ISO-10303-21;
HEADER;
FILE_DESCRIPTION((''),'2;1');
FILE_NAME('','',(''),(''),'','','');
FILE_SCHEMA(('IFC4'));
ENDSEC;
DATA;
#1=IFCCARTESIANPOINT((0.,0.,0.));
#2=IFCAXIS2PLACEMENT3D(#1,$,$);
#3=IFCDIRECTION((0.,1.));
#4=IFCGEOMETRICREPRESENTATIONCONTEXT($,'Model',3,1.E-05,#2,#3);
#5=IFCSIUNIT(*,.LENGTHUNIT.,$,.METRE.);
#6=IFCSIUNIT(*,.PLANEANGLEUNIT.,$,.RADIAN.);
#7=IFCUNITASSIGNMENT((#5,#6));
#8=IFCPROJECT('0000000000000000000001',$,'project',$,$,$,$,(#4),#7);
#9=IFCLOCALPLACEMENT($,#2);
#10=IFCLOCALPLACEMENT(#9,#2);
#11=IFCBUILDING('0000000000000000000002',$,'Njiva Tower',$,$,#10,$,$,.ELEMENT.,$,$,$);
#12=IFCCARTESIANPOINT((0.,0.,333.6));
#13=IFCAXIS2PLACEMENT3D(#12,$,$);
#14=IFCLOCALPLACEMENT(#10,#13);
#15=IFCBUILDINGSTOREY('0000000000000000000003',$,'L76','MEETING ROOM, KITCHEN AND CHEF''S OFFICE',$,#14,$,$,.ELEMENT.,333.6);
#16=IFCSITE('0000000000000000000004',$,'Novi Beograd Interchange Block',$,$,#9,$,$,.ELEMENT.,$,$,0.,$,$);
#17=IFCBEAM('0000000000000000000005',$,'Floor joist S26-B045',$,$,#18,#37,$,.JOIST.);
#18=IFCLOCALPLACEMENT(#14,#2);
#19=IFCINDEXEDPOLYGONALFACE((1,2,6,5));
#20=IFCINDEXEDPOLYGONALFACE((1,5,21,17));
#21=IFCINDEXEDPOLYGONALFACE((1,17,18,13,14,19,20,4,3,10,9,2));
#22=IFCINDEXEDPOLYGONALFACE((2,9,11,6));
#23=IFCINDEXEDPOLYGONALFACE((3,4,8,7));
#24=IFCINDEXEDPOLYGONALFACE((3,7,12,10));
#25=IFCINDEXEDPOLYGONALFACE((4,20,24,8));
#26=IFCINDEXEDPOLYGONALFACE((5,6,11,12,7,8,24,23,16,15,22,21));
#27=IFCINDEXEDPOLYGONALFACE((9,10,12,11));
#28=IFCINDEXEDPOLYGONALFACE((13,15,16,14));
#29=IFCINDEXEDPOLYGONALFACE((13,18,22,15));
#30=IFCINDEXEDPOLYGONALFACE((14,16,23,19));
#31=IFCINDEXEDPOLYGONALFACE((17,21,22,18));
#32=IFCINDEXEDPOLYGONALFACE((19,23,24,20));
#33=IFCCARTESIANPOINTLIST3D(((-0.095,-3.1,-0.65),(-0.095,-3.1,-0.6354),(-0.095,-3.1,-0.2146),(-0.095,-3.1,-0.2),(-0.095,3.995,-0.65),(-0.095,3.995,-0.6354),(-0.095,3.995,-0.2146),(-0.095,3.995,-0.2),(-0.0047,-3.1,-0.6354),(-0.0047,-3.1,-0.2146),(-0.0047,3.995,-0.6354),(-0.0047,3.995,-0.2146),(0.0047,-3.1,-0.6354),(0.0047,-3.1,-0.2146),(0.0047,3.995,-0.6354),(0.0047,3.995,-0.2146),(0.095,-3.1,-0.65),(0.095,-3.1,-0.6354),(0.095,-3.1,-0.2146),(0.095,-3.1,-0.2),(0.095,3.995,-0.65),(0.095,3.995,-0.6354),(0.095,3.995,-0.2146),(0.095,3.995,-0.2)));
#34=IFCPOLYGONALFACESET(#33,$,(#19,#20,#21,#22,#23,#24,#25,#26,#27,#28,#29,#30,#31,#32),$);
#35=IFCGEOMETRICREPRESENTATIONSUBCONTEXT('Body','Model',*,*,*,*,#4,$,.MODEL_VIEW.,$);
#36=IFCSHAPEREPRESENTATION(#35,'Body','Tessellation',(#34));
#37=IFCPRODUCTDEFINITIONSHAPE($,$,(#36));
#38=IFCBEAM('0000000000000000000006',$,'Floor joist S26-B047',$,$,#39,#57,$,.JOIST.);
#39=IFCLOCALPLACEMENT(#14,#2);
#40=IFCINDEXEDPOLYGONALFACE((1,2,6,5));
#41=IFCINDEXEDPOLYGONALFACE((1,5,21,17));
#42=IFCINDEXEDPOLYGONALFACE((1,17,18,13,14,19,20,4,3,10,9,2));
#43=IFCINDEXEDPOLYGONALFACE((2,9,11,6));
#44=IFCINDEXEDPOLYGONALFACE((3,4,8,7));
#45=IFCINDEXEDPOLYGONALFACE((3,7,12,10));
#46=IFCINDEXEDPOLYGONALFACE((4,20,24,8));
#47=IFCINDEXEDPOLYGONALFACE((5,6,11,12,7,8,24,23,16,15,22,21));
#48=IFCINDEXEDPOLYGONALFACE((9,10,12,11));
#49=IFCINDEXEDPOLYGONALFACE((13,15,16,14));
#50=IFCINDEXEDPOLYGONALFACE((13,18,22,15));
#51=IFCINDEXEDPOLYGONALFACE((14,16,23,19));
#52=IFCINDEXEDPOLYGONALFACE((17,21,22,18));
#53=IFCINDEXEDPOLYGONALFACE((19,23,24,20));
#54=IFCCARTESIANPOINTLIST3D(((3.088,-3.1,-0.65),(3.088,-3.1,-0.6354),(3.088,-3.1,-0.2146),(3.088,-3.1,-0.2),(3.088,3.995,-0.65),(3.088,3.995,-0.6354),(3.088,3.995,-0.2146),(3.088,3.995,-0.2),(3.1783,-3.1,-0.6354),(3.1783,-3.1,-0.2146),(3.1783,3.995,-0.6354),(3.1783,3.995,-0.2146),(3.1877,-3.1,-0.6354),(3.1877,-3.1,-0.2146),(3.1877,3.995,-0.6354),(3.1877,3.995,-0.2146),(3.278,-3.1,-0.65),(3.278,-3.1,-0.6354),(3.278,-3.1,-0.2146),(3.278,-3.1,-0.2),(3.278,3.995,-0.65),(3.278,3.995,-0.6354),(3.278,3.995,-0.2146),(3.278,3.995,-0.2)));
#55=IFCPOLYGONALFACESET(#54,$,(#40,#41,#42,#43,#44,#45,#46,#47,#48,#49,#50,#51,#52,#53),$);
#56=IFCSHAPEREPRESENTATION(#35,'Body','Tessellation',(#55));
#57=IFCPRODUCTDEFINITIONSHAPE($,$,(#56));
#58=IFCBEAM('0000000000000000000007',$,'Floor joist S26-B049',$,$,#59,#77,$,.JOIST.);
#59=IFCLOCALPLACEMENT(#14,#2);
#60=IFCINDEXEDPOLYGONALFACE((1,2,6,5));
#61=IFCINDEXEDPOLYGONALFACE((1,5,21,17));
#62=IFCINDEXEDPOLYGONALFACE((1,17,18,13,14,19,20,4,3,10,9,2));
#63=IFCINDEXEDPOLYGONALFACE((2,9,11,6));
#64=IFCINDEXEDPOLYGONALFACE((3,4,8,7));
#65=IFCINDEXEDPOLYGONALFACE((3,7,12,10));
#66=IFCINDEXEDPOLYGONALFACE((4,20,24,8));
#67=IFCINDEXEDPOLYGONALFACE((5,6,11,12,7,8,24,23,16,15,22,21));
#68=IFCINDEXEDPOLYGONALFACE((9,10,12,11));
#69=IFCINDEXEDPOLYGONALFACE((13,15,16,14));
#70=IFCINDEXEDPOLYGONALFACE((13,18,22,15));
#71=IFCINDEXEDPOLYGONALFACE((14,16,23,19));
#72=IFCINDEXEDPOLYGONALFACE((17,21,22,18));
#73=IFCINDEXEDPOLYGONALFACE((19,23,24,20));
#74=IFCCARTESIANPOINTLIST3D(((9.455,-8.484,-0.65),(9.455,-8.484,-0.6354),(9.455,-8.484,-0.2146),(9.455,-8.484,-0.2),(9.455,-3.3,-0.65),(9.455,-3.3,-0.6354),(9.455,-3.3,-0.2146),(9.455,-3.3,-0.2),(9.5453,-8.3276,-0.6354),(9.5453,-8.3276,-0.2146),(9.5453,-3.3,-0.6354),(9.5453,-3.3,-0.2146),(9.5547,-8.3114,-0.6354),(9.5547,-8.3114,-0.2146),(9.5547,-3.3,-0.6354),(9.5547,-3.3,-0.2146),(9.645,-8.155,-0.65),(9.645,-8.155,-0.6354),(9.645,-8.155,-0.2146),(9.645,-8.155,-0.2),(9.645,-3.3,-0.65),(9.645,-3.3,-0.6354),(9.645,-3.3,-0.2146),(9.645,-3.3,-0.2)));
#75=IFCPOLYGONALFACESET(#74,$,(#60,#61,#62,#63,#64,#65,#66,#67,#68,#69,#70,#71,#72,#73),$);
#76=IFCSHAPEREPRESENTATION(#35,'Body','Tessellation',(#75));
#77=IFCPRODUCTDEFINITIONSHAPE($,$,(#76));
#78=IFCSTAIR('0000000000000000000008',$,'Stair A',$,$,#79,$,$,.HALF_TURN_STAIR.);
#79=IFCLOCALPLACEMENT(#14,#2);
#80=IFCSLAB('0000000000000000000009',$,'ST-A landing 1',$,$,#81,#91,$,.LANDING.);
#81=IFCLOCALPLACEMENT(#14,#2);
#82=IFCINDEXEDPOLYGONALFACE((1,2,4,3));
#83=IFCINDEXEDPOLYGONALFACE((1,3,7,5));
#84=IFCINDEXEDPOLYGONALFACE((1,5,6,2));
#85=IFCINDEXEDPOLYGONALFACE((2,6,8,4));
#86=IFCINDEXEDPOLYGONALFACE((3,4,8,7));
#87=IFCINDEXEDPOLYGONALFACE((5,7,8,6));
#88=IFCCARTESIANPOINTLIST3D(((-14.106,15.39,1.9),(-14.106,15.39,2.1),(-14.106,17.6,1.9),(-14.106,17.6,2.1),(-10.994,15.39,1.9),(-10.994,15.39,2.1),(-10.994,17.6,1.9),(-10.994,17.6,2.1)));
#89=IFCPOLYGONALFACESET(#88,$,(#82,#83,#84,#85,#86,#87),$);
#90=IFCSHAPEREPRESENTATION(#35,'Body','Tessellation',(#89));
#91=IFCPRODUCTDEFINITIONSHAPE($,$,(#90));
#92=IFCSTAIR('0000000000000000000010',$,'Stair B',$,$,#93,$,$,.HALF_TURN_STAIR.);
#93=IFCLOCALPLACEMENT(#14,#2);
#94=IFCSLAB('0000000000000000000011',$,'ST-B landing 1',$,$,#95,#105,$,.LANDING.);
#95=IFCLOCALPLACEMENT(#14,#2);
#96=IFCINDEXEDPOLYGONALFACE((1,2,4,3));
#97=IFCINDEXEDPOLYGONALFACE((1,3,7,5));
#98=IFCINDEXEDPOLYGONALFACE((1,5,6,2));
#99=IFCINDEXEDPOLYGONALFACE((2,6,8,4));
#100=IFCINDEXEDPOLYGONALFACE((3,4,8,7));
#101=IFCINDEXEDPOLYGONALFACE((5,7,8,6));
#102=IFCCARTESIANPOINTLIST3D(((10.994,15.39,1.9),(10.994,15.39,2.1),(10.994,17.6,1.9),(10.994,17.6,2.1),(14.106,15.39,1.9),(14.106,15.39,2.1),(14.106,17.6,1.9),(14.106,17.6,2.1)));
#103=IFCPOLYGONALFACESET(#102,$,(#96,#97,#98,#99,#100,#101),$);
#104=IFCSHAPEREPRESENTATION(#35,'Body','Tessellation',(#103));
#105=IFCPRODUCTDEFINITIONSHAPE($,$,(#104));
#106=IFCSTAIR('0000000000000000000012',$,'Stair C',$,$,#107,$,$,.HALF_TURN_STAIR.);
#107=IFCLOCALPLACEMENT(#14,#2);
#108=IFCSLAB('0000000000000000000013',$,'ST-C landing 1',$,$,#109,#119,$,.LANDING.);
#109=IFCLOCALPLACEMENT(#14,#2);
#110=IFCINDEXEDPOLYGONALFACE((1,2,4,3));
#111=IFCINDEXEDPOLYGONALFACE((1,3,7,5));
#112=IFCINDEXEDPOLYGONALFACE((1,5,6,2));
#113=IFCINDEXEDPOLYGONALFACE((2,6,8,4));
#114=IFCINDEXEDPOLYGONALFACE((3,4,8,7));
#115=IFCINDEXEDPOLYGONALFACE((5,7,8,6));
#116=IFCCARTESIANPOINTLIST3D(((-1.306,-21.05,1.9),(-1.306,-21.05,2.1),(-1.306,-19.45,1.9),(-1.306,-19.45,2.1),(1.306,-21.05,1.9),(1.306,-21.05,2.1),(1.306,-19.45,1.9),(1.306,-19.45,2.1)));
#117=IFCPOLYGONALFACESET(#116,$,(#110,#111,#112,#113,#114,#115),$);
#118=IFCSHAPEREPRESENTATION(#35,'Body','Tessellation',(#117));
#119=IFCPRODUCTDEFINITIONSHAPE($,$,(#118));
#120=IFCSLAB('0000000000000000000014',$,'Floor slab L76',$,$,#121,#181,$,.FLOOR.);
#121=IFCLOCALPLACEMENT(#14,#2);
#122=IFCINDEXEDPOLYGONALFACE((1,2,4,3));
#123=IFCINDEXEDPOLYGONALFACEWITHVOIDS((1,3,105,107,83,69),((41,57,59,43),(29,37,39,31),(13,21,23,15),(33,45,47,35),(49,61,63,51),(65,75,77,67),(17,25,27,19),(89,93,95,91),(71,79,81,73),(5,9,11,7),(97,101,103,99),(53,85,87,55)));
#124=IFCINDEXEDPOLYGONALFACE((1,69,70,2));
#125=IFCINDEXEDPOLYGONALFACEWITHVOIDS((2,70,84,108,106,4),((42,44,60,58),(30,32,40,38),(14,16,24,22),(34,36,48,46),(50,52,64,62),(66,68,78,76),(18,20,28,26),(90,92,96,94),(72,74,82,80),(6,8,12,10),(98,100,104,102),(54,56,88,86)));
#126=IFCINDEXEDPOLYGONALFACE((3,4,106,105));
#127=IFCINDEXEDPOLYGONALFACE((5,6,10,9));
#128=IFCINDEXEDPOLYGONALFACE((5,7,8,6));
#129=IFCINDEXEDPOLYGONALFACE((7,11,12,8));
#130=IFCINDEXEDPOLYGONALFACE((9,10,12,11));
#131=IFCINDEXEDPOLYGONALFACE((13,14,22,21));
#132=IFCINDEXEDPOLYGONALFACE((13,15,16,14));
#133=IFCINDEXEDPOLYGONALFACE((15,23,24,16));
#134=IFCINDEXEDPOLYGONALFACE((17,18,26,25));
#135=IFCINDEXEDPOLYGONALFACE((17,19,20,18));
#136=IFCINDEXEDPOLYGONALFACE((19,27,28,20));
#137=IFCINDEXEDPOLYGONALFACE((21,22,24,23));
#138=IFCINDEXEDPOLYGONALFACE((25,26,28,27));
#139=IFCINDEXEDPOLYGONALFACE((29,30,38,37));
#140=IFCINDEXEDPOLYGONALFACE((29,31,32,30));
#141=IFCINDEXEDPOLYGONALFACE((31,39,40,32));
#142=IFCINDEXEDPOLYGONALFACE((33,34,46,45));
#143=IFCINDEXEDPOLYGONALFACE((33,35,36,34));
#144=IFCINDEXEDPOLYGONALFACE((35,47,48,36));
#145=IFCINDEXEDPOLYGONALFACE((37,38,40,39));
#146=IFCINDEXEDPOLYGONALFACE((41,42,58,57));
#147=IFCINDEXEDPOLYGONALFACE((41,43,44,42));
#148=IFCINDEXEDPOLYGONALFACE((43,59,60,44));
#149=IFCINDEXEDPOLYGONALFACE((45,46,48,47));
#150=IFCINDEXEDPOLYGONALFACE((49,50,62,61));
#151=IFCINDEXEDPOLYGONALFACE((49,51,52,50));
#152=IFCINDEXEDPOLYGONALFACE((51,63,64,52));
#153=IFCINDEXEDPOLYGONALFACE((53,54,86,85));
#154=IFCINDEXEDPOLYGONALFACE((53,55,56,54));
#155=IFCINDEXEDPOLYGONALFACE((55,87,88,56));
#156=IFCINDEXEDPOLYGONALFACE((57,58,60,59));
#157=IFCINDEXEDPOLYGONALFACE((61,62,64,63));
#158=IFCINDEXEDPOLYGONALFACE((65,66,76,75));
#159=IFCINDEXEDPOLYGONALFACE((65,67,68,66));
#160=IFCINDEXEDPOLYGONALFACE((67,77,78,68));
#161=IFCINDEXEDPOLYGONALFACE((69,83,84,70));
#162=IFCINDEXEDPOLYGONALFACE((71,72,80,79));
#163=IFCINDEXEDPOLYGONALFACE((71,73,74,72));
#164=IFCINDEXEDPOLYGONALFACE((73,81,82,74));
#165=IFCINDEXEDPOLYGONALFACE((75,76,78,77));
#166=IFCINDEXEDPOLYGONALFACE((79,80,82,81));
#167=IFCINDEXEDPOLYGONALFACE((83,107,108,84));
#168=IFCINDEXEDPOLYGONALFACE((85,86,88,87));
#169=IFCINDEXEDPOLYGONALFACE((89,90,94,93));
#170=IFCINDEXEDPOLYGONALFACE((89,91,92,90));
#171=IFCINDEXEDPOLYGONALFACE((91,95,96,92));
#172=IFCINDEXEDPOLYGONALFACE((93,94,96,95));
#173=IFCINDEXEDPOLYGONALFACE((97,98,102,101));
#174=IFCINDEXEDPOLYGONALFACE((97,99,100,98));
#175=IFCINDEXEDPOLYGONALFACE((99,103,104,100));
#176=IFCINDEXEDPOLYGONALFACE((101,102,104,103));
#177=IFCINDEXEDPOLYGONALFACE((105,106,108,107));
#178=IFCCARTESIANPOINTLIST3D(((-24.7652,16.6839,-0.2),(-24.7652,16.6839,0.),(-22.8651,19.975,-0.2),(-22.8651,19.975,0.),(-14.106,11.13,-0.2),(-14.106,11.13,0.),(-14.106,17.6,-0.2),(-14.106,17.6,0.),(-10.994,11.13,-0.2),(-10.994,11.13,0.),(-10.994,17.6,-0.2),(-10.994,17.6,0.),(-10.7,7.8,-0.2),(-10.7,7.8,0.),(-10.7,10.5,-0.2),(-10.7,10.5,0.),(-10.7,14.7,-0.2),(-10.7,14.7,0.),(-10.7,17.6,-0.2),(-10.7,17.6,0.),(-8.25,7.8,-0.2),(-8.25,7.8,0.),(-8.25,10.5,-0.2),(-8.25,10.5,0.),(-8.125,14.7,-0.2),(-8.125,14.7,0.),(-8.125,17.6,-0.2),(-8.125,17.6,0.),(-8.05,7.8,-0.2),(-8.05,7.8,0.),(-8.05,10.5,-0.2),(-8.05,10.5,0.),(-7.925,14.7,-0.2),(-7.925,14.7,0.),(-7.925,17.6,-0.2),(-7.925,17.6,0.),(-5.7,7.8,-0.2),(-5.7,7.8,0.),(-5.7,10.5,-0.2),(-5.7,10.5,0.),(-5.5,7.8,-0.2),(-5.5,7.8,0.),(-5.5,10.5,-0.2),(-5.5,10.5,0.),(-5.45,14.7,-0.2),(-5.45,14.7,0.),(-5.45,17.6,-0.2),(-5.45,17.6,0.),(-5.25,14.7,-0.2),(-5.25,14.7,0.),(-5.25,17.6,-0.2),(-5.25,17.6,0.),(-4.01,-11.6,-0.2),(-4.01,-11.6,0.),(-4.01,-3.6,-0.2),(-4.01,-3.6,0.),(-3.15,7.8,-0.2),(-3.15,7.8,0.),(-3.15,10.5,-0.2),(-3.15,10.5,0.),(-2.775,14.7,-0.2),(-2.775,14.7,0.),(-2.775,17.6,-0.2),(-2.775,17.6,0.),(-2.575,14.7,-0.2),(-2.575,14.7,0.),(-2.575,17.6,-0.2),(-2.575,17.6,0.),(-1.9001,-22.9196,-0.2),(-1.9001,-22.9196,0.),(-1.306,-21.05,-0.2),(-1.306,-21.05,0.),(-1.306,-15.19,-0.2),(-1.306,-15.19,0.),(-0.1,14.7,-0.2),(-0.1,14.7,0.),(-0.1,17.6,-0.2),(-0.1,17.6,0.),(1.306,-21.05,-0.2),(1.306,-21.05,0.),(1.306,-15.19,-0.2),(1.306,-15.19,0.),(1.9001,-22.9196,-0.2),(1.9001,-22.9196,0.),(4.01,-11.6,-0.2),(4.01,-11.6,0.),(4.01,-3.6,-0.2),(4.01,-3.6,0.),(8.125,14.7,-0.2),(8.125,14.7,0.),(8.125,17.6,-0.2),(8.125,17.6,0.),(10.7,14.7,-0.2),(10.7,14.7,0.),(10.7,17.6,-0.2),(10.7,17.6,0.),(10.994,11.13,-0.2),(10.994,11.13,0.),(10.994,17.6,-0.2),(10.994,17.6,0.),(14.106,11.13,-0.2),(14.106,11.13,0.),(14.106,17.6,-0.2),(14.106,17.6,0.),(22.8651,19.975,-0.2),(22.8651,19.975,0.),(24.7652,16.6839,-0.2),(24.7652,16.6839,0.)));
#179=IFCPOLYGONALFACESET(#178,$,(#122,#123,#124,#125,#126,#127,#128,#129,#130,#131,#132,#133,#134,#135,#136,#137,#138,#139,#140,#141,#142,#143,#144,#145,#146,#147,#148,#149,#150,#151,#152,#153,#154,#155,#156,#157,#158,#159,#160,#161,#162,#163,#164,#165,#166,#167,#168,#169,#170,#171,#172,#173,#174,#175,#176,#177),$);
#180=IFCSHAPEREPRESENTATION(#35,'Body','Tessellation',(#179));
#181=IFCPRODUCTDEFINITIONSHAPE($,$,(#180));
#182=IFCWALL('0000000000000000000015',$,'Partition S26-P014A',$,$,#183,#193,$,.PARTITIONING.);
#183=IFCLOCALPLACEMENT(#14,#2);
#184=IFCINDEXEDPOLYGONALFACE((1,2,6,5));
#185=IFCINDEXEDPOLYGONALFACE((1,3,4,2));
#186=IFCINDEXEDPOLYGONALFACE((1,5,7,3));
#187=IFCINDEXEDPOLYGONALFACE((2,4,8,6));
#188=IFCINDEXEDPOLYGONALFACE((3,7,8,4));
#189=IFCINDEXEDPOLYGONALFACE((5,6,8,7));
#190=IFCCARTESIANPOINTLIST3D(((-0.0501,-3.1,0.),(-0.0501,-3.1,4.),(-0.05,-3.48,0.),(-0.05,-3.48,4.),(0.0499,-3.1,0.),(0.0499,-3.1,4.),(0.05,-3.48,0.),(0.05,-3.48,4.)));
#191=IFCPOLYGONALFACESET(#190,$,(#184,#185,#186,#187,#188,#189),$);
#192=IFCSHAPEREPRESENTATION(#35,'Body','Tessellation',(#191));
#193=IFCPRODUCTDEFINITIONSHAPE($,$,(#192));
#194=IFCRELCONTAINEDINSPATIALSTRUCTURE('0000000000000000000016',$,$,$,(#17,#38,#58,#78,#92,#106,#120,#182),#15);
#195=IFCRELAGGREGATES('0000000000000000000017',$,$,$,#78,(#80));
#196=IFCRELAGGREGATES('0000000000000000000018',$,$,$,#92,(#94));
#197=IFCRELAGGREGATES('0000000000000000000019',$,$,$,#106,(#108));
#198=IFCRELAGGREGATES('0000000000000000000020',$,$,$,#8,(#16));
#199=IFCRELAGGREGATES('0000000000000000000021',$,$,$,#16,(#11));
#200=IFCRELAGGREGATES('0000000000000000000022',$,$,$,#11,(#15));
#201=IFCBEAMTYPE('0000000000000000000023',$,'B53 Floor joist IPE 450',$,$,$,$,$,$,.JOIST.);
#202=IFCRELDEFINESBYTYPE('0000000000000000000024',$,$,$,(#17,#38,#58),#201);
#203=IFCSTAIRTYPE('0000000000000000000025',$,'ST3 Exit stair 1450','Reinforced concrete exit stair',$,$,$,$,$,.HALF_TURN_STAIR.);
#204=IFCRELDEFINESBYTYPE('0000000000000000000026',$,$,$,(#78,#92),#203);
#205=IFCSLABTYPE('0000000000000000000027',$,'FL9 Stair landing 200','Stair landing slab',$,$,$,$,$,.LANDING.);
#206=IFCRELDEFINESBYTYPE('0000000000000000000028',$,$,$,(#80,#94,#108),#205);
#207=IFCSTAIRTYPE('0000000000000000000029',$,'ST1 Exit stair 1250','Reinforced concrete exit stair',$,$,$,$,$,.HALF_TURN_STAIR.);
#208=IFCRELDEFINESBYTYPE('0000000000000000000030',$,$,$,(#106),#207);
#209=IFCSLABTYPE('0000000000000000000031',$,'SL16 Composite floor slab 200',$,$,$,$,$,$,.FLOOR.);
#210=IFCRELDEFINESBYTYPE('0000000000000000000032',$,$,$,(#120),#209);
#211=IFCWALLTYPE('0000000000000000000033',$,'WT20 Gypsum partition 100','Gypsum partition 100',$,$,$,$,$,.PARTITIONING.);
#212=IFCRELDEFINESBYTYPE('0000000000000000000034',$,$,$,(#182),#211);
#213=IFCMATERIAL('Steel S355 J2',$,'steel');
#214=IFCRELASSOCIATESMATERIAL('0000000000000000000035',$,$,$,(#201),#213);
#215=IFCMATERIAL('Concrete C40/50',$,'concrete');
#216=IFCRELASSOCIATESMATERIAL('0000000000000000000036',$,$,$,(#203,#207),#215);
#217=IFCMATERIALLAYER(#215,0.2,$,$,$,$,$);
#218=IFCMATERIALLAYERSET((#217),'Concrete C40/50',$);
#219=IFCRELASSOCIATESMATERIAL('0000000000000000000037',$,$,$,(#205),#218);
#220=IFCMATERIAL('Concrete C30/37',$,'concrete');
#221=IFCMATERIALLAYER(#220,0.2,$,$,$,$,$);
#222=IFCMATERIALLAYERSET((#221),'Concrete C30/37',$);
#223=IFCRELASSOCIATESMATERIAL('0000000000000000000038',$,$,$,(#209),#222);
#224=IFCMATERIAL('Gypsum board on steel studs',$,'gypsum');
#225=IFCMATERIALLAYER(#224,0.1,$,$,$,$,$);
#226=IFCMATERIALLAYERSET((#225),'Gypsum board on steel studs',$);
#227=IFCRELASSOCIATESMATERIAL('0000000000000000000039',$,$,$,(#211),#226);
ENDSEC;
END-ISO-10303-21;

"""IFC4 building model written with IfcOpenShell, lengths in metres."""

from ifc_helpers import new_model, si_unit, direction, frame, frame_2d, origin, origin_2d, place, context, subcontext, project, spatial, polyline, rectangle, i_section, outline, extrude, clip, halfspace, material, layer, layer_set, material_profile, profile_set, type_object, element, aggregate, save


model = new_model("IFC4")

# Units and contexts
model_context = context("Model", 3, precision=1e-05, world=origin(), true_north=direction((0.0, 1.0)))
body_context = subcontext(model_context, "Body", "Model", "MODEL_VIEW")
ifc_project = project(units=[si_unit("LENGTHUNIT", "METRE"), si_unit("PLANEANGLEUNIT", "RADIAN")], contexts=[model_context])

# Site, building, storey
site_placement = place(None, origin())
site = spatial("IfcSite", under=ifc_project, at=site_placement, Name="Novi Beograd Interchange Block", CompositionType="ELEMENT", RefElevation=0.0)
building_placement = place(site_placement, origin())
building = spatial("IfcBuilding", under=site, at=building_placement, Name="Njiva Tower", CompositionType="ELEMENT")
storey_placement = place(building_placement, frame((0.0, 0.0, 333.6)))
storey = spatial("IfcBuildingStorey", under=building, at=storey_placement, Name="L76", Description="MEETING ROOM, KITCHEN AND CHEF'S OFFICE", CompositionType="ELEMENT", Elevation=333.6)

# Shared definitions
ifc_material_1 = material(Name="Steel S355 J2", Category="steel")

# Beams
ifc_material_profile_1 = material_profile(ifc_material_1, i_section(OverallWidth=0.19, OverallDepth=0.45, WebThickness=0.0094, FlangeThickness=0.0146, at=origin_2d()), Name="IPE 450")
ifc_profile_set_1 = profile_set([ifc_material_profile_1], Name="Steel S355 J2")
beam_type_1 = type_object("IfcBeamType", Name="B53 Floor joist IPE 450", PredefinedType="JOIST", material=ifc_profile_set_1)
for number, where, z_axis, x_axis, name in (
    (1, (0.0, 3.995, -0.425), (0.0, -1.0, 0.0), (1.0, 0.0, 0.0), "Floor joist S26-B045"),
    (2, (3.183, 3.995, -0.425), (0.0, -1.0, 0.0), (1.0, 0.0, 0.0), "Floor joist S26-B047"),
):
    element("IfcBeam", number, at=place(storey_placement, frame(where, z_axis=z_axis, x_axis=x_axis)), inside=storey, type_object=beam_type_1, Name=name, PredefinedType="JOIST", context=body_context, shape_type="SweptSolid", body=[
        extrude(i_section(OverallWidth=0.19, OverallDepth=0.45, WebThickness=0.0094, FlangeThickness=0.0146, at=origin_2d()), origin(), (0.0, 0.0, 1.0), 7.095),
    ])
beam_1_placement = place(storey_placement, frame((9.55, -3.3, -0.425), z_axis=(0.0, -1.0, 0.0), x_axis=(1.0, 0.0, 0.0)))
element("IfcBeam", 3, at=beam_1_placement, inside=storey, type_object=beam_type_1, Name="Floor joist S26-B049", PredefinedType="JOIST", context=body_context, shape_type="Clipping", body=[
    clip(extrude(i_section(OverallWidth=0.19, OverallDepth=0.45, WebThickness=0.0094, FlangeThickness=0.0146, at=origin_2d()), origin(), (0.0, 0.0, 1.0), 5.205), halfspace(frame((0.0433, 0.0, 4.9445), z_axis=(0.866027, 0.0, 0.499998), x_axis=(0.0, 1.0, 0.0)), False)),
])

# Stairs, slabs
ifc_material_2 = material(Name="Concrete C40/50", Category="concrete")
stair_type_1 = type_object("IfcStairType", Name="ST3 Exit stair 1450", Description="Reinforced concrete exit stair", PredefinedType="HALF_TURN_STAIR", material=ifc_material_2)
stair_1_placement = place(storey_placement, origin())
stair_1 = element("IfcStair", 4, at=stair_1_placement, inside=storey, type_object=stair_type_1, Name="Stair A", PredefinedType="HALF_TURN_STAIR")
ifc_layer_1 = layer(ifc_material_2, 0.2)
ifc_layer_set_1 = layer_set([ifc_layer_1], Name="Concrete C40/50")
slab_type_1 = type_object("IfcSlabType", Name="FL9 Stair landing 200", Description="Stair landing slab", PredefinedType="LANDING", material=ifc_layer_set_1)
slab_1_placement = place(storey_placement, frame((0.0, 0.0, 1.9)))
slab_1 = element("IfcSlab", 5, at=slab_1_placement, type_object=slab_type_1, Name="ST-A landing 1", PredefinedType="LANDING", context=body_context, shape_type="SweptSolid", body=[
    extrude(outline(polyline([(-14.106, 15.39), (-10.994, 15.39), (-10.994, 17.6), (-14.106, 17.6), (-14.106, 15.39)])), origin(), (0.0, 0.0, 1.0), 0.2),
])
aggregate(stair_1, [slab_1])
stair_2_placement = place(storey_placement, origin())
stair_2 = element("IfcStair", 6, at=stair_2_placement, inside=storey, type_object=stair_type_1, Name="Stair B", PredefinedType="HALF_TURN_STAIR")
slab_2_placement = place(storey_placement, frame((0.0, 0.0, 1.9)))
slab_2 = element("IfcSlab", 7, at=slab_2_placement, type_object=slab_type_1, Name="ST-B landing 1", PredefinedType="LANDING", context=body_context, shape_type="SweptSolid", body=[
    extrude(outline(polyline([(10.994, 15.39), (14.106, 15.39), (14.106, 17.6), (10.994, 17.6), (10.994, 15.39)])), origin(), (0.0, 0.0, 1.0), 0.2),
])
aggregate(stair_2, [slab_2])
stair_type_2 = type_object("IfcStairType", Name="ST1 Exit stair 1250", Description="Reinforced concrete exit stair", PredefinedType="HALF_TURN_STAIR", material=ifc_material_2)
stair_3_placement = place(storey_placement, origin())
stair_3 = element("IfcStair", 8, at=stair_3_placement, inside=storey, type_object=stair_type_2, Name="Stair C", PredefinedType="HALF_TURN_STAIR")
slab_3_placement = place(storey_placement, frame((0.0, 0.0, 1.9)))
slab_3 = element("IfcSlab", 9, at=slab_3_placement, type_object=slab_type_1, Name="ST-C landing 1", PredefinedType="LANDING", context=body_context, shape_type="SweptSolid", body=[
    extrude(outline(polyline([(-1.306, -21.05), (1.306, -21.05), (1.306, -19.45), (-1.306, -19.45), (-1.306, -21.05)])), origin(), (0.0, 0.0, 1.0), 0.2),
])
aggregate(stair_3, [slab_3])

# Slab
ifc_material_3 = material(Name="Concrete C30/37", Category="concrete")
ifc_layer_2 = layer(ifc_material_3, 0.2)
ifc_layer_set_2 = layer_set([ifc_layer_2], Name="Concrete C30/37")
slab_type_2 = type_object("IfcSlabType", Name="SL16 Composite floor slab 200", PredefinedType="FLOOR", material=ifc_layer_set_2)
slab_4_placement = place(storey_placement, frame((0.0, 0.0, -0.2)))
element("IfcSlab", 10, at=slab_4_placement, inside=storey, type_object=slab_type_2, Name="Floor slab L76", PredefinedType="FLOOR", context=body_context, shape_type="SweptSolid", body=[
    extrude(outline(polyline([(24.7652, 16.6839), (1.9001, -22.9196), (-1.9001, -22.9196), (-24.7652, 16.6839), (-22.8651, 19.975), (22.8651, 19.975), (24.7652, 16.6839)]), holes=[polyline([(10.994, 11.13), (14.106, 11.13), (14.106, 17.6), (10.994, 17.6), (10.994, 11.13)]), polyline([(8.125, 14.7), (10.7, 14.7), (10.7, 17.6), (8.125, 17.6), (8.125, 14.7)]), polyline([(4.01, -11.6), (4.01, -3.6), (-4.01, -3.6), (-4.01, -11.6), (4.01, -11.6)]), polyline([(1.306, -21.05), (1.306, -15.19), (-1.306, -15.19), (-1.306, -21.05), (1.306, -21.05)]), polyline([(-2.575, 14.7), (-0.1, 14.7), (-0.1, 17.6), (-2.575, 17.6), (-2.575, 14.7)]), polyline([(-2.775, 14.7), (-2.775, 17.6), (-5.25, 17.6), (-5.25, 14.7), (-2.775, 14.7)]), polyline([(-5.5, 7.8), (-3.15, 7.8), (-3.15, 10.5), (-5.5, 10.5), (-5.5, 7.8)]), polyline([(-7.925, 14.7), (-5.45, 14.7), (-5.45, 17.6), (-7.925, 17.6), (-7.925, 14.7)]), polyline([(-8.05, 7.8), (-5.7, 7.8), (-5.7, 10.5), (-8.05, 10.5), (-8.05, 7.8)]), polyline([(-10.7, 14.7), (-8.125, 14.7), (-8.125, 17.6), (-10.7, 17.6), (-10.7, 14.7)]), polyline([(-8.25, 7.8), (-8.25, 10.5), (-10.7, 10.5), (-10.7, 7.8), (-8.25, 7.8)]), polyline([(-10.994, 11.13), (-10.994, 17.6), (-14.106, 17.6), (-14.106, 11.13), (-10.994, 11.13)])]), origin(), (0.0, 0.0, 1.0), 0.2),
])

# Wall
ifc_material_4 = material(Name="Gypsum board on steel studs", Category="gypsum")
ifc_layer_3 = layer(ifc_material_4, 0.1)
ifc_layer_set_3 = layer_set([ifc_layer_3], Name="Gypsum board on steel studs")
wall_type_1 = type_object("IfcWallType", Name="WT20 Gypsum partition 100", Description="Gypsum partition 100", PredefinedType="PARTITIONING", material=ifc_layer_set_3)
wall_1_placement = place(storey_placement, frame((-0.0001, -3.1, 0.0), z_axis=(0.0, 0.0, 1.0), x_axis=(0.000263, -1.0, 0.0)))
element("IfcWall", 11, at=wall_1_placement, inside=storey, type_object=wall_type_1, Name="Partition S26-P014A", PredefinedType="PARTITIONING", context=body_context, shape_type="SweptSolid", body=[
    extrude(rectangle(XDim=0.38, YDim=0.1, at=frame_2d((0.19, 0.0))), origin(), (0.0, 0.0, 1.0), 4.0),
])

save(model, "model.ifc")
